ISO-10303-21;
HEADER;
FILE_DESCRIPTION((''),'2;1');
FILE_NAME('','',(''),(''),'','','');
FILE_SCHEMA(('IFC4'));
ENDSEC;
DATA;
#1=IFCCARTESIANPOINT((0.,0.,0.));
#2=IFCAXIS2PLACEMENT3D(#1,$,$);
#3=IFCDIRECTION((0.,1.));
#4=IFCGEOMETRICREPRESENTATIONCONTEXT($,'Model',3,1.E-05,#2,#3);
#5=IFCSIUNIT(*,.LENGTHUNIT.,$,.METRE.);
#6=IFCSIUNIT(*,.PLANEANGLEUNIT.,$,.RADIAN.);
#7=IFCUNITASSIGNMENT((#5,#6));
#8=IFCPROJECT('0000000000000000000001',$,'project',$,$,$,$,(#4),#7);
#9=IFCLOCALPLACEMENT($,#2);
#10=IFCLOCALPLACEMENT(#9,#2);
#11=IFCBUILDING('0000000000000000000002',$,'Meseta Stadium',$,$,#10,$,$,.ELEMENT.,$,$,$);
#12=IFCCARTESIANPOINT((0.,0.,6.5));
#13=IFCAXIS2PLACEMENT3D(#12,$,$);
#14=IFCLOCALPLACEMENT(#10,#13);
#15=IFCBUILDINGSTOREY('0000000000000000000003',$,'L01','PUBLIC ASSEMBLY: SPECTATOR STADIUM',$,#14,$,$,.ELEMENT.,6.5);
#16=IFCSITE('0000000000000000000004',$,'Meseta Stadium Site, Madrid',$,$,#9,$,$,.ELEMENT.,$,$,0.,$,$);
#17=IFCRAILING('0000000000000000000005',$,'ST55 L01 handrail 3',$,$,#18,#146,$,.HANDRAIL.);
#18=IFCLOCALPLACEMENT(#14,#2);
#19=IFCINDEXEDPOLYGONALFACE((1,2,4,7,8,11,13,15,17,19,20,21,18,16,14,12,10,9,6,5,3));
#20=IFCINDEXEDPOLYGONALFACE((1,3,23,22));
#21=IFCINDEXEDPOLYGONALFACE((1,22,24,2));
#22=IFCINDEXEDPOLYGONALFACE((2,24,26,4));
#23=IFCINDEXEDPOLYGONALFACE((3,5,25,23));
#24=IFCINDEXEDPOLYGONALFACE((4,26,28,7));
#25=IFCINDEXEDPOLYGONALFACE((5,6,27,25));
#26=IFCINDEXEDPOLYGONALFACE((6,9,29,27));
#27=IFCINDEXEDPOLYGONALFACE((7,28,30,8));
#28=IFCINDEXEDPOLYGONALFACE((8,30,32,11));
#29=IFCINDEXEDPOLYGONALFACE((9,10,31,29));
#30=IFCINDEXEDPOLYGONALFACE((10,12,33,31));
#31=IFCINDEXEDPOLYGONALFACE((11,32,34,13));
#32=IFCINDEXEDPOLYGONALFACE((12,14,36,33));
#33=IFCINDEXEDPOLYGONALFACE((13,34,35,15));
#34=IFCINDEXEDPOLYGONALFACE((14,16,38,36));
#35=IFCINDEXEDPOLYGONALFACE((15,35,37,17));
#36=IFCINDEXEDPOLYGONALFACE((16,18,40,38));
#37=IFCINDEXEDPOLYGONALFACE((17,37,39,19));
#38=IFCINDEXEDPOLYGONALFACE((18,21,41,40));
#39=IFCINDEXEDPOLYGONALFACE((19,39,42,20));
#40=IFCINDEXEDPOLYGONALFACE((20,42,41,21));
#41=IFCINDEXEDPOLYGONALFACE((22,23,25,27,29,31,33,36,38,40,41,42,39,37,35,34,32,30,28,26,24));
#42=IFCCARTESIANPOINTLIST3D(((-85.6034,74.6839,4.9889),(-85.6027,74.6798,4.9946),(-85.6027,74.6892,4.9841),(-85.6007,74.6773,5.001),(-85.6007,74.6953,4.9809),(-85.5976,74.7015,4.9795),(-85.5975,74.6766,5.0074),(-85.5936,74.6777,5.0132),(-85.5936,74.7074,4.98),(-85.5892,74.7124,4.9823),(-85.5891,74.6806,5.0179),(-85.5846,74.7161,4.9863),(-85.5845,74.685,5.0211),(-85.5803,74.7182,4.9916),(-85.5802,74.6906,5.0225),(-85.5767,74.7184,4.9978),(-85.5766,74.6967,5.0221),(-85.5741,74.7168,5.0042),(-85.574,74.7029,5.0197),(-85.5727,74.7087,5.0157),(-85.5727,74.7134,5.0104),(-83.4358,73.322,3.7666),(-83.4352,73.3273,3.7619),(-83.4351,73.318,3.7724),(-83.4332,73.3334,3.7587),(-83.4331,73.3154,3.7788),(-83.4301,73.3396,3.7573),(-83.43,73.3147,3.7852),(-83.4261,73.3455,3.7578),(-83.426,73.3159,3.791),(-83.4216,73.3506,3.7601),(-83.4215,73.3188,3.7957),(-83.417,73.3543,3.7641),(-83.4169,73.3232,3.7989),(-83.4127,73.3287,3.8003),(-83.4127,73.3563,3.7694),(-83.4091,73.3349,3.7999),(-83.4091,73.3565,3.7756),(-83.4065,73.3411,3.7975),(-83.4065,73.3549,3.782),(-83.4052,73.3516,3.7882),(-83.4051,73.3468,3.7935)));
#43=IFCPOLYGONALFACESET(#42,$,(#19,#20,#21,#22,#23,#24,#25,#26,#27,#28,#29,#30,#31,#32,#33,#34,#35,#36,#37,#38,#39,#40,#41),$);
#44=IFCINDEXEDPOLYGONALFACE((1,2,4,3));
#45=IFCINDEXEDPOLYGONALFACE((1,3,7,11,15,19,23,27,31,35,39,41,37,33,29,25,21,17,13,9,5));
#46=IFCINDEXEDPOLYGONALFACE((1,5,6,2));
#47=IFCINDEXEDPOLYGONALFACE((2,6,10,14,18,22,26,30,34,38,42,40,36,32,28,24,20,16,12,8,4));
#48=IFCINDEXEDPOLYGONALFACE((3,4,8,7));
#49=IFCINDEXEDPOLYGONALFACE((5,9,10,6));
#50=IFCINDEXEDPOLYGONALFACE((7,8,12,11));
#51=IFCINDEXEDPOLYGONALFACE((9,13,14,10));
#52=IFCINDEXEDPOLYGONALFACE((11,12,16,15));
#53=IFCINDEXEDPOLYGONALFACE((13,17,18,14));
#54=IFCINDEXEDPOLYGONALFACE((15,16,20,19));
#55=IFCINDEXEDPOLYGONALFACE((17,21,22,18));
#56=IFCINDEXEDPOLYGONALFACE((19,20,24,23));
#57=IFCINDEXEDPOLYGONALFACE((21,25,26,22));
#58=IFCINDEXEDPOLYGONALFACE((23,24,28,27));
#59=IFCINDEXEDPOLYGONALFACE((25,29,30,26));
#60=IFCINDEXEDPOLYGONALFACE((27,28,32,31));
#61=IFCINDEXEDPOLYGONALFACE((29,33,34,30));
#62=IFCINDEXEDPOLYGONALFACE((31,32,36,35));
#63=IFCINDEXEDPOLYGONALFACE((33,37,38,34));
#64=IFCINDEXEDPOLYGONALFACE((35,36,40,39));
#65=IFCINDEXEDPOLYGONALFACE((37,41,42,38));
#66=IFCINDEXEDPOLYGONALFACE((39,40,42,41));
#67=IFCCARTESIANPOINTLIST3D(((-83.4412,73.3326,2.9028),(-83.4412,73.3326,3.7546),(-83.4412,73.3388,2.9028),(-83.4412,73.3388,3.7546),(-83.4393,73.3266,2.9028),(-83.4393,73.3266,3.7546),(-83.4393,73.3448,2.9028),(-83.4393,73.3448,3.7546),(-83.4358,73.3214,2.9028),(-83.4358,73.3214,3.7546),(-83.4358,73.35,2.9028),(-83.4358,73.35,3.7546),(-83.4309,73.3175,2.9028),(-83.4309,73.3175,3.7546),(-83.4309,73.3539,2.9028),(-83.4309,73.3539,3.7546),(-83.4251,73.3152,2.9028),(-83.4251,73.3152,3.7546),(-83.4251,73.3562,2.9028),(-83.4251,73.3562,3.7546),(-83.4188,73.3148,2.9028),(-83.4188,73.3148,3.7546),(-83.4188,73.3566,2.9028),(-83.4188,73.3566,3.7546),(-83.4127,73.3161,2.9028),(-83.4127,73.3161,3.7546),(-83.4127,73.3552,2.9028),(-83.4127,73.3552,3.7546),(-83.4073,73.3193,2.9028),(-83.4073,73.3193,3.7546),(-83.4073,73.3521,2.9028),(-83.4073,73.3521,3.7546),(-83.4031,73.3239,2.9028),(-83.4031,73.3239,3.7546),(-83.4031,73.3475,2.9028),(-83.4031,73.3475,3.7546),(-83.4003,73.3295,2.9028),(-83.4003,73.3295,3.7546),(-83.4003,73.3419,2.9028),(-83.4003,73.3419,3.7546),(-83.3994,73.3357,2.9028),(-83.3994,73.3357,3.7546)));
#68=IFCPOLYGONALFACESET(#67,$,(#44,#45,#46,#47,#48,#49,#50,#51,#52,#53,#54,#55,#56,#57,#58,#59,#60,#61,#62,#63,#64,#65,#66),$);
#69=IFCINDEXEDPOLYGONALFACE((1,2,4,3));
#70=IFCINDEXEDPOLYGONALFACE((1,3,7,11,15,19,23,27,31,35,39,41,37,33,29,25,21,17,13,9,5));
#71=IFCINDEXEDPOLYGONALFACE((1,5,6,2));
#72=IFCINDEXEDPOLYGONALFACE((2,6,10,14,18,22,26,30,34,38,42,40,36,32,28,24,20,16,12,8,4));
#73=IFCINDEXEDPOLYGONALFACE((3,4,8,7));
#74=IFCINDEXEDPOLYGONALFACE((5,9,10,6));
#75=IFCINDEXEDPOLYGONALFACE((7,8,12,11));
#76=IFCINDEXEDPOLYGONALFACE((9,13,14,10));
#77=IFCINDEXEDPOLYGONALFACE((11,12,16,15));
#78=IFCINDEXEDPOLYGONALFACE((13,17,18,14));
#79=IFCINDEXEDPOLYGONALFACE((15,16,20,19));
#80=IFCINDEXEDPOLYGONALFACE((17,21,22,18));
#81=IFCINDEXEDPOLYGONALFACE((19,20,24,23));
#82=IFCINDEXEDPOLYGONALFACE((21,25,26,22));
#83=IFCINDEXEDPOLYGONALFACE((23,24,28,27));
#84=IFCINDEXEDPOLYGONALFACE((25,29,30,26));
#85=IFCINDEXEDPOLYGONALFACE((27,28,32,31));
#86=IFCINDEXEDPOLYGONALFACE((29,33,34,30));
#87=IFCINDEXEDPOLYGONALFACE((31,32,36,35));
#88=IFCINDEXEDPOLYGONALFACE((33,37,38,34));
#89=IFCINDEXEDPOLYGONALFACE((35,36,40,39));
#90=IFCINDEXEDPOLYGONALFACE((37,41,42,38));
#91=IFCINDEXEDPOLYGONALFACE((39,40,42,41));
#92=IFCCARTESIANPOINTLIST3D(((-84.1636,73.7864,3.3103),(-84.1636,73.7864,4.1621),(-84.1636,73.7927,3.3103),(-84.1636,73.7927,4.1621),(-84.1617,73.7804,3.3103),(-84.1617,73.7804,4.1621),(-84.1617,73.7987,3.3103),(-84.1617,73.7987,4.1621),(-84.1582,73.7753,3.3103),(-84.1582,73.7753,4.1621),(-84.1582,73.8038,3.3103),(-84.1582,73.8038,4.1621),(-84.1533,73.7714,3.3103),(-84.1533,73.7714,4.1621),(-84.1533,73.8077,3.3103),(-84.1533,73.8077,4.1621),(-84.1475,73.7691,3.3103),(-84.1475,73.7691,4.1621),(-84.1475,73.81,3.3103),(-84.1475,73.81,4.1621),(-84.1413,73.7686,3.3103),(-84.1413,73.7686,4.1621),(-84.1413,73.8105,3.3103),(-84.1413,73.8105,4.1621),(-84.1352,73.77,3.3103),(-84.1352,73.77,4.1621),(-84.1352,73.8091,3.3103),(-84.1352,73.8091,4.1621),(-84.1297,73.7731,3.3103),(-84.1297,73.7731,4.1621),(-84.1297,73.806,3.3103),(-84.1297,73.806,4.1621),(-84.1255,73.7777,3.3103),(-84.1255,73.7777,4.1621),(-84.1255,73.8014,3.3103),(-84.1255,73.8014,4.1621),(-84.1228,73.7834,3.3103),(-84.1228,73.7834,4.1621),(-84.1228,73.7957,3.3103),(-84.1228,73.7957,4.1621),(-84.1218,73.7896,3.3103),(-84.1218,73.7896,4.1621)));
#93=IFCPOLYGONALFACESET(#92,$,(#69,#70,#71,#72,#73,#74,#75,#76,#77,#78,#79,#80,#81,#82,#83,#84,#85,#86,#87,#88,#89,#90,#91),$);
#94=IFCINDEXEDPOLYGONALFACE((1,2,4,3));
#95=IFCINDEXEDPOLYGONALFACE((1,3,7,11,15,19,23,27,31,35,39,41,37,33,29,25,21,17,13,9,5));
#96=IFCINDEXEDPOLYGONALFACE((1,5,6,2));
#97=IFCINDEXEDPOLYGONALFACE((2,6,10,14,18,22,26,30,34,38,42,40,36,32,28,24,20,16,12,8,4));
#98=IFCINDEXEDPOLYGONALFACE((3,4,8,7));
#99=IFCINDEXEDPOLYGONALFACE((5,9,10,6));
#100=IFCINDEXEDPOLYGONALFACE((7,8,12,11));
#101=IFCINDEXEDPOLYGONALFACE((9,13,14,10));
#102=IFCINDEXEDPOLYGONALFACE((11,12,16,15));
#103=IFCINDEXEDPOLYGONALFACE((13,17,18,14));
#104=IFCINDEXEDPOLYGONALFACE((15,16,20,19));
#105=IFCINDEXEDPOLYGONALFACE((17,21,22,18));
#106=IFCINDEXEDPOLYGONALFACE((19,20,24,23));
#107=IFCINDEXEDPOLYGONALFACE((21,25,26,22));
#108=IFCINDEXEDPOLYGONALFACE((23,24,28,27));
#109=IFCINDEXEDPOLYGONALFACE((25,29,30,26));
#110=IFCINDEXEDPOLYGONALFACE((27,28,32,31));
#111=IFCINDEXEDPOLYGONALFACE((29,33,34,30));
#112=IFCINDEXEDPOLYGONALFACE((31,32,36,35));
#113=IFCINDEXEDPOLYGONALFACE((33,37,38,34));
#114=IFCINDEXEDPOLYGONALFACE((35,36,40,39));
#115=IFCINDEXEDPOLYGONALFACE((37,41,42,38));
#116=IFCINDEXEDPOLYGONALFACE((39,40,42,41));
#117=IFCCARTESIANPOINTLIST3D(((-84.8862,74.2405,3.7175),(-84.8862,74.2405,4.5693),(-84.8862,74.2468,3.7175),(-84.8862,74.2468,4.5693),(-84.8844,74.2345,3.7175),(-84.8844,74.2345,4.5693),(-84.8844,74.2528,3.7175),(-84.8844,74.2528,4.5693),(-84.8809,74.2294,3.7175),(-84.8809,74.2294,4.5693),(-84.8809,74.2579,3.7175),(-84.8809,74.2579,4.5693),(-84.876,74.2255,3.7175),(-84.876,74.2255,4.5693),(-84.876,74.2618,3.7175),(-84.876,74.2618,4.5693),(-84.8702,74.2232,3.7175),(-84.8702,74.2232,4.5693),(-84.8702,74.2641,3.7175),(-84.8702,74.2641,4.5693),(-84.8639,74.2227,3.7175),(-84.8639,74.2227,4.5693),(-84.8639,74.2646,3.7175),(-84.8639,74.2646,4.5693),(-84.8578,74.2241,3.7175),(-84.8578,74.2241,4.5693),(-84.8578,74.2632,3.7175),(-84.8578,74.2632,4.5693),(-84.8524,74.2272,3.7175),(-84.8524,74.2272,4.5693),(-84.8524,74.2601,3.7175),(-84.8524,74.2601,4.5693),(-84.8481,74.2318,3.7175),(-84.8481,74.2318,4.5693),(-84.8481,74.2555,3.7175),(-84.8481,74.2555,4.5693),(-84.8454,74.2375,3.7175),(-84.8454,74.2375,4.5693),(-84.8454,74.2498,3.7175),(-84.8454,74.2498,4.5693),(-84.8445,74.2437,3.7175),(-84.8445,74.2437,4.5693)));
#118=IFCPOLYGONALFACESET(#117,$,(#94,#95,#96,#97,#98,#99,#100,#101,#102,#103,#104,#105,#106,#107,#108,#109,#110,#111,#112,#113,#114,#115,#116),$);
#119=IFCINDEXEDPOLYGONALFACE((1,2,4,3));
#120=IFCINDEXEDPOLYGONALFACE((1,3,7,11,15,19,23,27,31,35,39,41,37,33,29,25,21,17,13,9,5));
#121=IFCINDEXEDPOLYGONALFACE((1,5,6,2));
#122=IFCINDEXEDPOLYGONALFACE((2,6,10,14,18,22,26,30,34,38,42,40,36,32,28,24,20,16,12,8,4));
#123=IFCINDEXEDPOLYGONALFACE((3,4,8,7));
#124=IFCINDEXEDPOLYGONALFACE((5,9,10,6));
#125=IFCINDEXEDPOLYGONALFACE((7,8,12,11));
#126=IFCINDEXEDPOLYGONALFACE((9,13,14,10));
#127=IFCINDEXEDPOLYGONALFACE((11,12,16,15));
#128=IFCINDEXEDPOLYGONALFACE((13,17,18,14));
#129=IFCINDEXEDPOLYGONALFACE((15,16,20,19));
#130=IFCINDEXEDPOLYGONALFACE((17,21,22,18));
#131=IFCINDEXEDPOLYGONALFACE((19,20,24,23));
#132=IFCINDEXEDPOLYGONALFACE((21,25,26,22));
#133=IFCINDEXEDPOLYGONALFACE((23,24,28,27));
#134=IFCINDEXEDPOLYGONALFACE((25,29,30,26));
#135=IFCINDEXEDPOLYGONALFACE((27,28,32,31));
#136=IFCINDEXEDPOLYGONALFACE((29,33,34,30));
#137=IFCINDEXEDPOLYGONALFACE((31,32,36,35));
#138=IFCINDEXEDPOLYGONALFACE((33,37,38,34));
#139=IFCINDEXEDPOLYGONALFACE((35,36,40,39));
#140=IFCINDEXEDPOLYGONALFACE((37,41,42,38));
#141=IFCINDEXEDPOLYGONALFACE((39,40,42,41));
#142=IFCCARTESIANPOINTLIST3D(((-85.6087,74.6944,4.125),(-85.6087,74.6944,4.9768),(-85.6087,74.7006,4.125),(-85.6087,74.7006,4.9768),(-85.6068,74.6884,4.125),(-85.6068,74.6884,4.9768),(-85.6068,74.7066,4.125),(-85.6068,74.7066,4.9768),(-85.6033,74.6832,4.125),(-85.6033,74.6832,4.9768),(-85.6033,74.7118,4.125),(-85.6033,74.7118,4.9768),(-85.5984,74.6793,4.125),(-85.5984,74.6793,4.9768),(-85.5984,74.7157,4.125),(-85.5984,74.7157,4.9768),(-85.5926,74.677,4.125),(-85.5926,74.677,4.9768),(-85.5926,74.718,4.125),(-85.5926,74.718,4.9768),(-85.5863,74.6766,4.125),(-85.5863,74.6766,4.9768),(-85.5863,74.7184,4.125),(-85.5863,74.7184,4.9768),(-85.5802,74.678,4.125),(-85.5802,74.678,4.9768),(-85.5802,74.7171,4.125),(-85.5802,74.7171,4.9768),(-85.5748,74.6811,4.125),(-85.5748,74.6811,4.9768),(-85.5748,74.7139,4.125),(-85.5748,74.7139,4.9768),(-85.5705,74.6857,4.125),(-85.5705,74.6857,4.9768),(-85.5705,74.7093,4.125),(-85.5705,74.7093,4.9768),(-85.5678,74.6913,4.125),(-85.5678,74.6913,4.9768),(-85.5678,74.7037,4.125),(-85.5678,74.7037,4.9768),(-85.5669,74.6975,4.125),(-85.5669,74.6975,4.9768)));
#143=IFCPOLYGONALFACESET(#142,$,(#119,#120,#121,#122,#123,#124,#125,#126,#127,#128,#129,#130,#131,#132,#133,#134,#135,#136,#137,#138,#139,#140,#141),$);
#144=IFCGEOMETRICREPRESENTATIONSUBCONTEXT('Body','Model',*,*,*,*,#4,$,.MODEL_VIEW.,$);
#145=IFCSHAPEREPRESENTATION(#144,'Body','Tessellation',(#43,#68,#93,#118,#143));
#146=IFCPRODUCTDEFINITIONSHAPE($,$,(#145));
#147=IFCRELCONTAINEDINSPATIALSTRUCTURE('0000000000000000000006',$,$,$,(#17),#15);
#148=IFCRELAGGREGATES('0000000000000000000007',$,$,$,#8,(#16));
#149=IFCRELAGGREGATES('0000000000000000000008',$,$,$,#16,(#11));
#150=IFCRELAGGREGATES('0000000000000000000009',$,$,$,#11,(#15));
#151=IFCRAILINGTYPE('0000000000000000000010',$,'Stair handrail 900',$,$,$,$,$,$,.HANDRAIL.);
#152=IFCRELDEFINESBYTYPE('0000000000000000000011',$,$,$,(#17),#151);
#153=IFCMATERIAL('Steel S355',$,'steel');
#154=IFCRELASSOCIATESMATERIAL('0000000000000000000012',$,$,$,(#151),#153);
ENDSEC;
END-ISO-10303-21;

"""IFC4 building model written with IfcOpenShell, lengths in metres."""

from ifc_helpers import new_model, si_unit, direction, frame, origin, origin_2d, place, context, subcontext, project, spatial, circle, extrude, material, type_object, element, save


model = new_model("IFC4")

# Units and contexts
model_context = context("Model", 3, precision=1e-05, world=origin(), true_north=direction((0.0, 1.0)))
body_context = subcontext(model_context, "Body", "Model", "MODEL_VIEW")
ifc_project = project(units=[si_unit("LENGTHUNIT", "METRE"), si_unit("PLANEANGLEUNIT", "RADIAN")], contexts=[model_context])

# Site, building, storey
site_placement = place(None, origin())
site = spatial("IfcSite", under=ifc_project, at=site_placement, Name="Meseta Stadium Site, Madrid", CompositionType="ELEMENT", RefElevation=0.0)
building_placement = place(site_placement, origin())
building = spatial("IfcBuilding", under=site, at=building_placement, Name="Meseta Stadium", CompositionType="ELEMENT")
storey_placement = place(building_placement, frame((0.0, 0.0, 6.5)))
storey = spatial("IfcBuildingStorey", under=building, at=storey_placement, Name="L01", Description="PUBLIC ASSEMBLY: SPECTATOR STADIUM", CompositionType="ELEMENT", Elevation=6.5)

# Railing
ifc_material_1 = material(Name="Steel S355", Category="steel")
railing_type_1 = type_object("IfcRailingType", Name="Stair handrail 900", PredefinedType="HANDRAIL", material=ifc_material_1)
for number, where, name in (
    (1, (-83.4204, 73.3357, 2.9028), "ST55 L01 handrail 3"),
):
    element("IfcRailing", number, at=place(storey_placement, frame(where)), inside=storey, type_object=railing_type_1, Name=name, PredefinedType="HANDRAIL", context=body_context, shape_type="SweptSolid", body=[
        extrude(circle(Radius=0.0239, at=origin_2d()), frame((0.0, 0.0, 0.876), z_axis=(-0.764116, 0.48009, 0.430859), x_axis=(-0.532004, -0.846742, 0.0)), (0.0, 0.0, 1.0), 2.8367),
        extrude(circle(Radius=0.021, at=origin_2d()), origin(), (0.0, 0.0, 1.0), 0.8518),
        extrude(circle(Radius=0.021, at=origin_2d()), frame((-0.7224, 0.4539, 0.4075)), (0.0, 0.0, 1.0), 0.8518),
        extrude(circle(Radius=0.021, at=origin_2d()), frame((-1.4451, 0.908, 0.8147)), (0.0, 0.0, 1.0), 0.8518),
        extrude(circle(Radius=0.021, at=origin_2d()), frame((-2.1675, 1.3618, 1.2222)), (0.0, 0.0, 1.0), 0.8518),
    ])

save(model, "model.ifc")
